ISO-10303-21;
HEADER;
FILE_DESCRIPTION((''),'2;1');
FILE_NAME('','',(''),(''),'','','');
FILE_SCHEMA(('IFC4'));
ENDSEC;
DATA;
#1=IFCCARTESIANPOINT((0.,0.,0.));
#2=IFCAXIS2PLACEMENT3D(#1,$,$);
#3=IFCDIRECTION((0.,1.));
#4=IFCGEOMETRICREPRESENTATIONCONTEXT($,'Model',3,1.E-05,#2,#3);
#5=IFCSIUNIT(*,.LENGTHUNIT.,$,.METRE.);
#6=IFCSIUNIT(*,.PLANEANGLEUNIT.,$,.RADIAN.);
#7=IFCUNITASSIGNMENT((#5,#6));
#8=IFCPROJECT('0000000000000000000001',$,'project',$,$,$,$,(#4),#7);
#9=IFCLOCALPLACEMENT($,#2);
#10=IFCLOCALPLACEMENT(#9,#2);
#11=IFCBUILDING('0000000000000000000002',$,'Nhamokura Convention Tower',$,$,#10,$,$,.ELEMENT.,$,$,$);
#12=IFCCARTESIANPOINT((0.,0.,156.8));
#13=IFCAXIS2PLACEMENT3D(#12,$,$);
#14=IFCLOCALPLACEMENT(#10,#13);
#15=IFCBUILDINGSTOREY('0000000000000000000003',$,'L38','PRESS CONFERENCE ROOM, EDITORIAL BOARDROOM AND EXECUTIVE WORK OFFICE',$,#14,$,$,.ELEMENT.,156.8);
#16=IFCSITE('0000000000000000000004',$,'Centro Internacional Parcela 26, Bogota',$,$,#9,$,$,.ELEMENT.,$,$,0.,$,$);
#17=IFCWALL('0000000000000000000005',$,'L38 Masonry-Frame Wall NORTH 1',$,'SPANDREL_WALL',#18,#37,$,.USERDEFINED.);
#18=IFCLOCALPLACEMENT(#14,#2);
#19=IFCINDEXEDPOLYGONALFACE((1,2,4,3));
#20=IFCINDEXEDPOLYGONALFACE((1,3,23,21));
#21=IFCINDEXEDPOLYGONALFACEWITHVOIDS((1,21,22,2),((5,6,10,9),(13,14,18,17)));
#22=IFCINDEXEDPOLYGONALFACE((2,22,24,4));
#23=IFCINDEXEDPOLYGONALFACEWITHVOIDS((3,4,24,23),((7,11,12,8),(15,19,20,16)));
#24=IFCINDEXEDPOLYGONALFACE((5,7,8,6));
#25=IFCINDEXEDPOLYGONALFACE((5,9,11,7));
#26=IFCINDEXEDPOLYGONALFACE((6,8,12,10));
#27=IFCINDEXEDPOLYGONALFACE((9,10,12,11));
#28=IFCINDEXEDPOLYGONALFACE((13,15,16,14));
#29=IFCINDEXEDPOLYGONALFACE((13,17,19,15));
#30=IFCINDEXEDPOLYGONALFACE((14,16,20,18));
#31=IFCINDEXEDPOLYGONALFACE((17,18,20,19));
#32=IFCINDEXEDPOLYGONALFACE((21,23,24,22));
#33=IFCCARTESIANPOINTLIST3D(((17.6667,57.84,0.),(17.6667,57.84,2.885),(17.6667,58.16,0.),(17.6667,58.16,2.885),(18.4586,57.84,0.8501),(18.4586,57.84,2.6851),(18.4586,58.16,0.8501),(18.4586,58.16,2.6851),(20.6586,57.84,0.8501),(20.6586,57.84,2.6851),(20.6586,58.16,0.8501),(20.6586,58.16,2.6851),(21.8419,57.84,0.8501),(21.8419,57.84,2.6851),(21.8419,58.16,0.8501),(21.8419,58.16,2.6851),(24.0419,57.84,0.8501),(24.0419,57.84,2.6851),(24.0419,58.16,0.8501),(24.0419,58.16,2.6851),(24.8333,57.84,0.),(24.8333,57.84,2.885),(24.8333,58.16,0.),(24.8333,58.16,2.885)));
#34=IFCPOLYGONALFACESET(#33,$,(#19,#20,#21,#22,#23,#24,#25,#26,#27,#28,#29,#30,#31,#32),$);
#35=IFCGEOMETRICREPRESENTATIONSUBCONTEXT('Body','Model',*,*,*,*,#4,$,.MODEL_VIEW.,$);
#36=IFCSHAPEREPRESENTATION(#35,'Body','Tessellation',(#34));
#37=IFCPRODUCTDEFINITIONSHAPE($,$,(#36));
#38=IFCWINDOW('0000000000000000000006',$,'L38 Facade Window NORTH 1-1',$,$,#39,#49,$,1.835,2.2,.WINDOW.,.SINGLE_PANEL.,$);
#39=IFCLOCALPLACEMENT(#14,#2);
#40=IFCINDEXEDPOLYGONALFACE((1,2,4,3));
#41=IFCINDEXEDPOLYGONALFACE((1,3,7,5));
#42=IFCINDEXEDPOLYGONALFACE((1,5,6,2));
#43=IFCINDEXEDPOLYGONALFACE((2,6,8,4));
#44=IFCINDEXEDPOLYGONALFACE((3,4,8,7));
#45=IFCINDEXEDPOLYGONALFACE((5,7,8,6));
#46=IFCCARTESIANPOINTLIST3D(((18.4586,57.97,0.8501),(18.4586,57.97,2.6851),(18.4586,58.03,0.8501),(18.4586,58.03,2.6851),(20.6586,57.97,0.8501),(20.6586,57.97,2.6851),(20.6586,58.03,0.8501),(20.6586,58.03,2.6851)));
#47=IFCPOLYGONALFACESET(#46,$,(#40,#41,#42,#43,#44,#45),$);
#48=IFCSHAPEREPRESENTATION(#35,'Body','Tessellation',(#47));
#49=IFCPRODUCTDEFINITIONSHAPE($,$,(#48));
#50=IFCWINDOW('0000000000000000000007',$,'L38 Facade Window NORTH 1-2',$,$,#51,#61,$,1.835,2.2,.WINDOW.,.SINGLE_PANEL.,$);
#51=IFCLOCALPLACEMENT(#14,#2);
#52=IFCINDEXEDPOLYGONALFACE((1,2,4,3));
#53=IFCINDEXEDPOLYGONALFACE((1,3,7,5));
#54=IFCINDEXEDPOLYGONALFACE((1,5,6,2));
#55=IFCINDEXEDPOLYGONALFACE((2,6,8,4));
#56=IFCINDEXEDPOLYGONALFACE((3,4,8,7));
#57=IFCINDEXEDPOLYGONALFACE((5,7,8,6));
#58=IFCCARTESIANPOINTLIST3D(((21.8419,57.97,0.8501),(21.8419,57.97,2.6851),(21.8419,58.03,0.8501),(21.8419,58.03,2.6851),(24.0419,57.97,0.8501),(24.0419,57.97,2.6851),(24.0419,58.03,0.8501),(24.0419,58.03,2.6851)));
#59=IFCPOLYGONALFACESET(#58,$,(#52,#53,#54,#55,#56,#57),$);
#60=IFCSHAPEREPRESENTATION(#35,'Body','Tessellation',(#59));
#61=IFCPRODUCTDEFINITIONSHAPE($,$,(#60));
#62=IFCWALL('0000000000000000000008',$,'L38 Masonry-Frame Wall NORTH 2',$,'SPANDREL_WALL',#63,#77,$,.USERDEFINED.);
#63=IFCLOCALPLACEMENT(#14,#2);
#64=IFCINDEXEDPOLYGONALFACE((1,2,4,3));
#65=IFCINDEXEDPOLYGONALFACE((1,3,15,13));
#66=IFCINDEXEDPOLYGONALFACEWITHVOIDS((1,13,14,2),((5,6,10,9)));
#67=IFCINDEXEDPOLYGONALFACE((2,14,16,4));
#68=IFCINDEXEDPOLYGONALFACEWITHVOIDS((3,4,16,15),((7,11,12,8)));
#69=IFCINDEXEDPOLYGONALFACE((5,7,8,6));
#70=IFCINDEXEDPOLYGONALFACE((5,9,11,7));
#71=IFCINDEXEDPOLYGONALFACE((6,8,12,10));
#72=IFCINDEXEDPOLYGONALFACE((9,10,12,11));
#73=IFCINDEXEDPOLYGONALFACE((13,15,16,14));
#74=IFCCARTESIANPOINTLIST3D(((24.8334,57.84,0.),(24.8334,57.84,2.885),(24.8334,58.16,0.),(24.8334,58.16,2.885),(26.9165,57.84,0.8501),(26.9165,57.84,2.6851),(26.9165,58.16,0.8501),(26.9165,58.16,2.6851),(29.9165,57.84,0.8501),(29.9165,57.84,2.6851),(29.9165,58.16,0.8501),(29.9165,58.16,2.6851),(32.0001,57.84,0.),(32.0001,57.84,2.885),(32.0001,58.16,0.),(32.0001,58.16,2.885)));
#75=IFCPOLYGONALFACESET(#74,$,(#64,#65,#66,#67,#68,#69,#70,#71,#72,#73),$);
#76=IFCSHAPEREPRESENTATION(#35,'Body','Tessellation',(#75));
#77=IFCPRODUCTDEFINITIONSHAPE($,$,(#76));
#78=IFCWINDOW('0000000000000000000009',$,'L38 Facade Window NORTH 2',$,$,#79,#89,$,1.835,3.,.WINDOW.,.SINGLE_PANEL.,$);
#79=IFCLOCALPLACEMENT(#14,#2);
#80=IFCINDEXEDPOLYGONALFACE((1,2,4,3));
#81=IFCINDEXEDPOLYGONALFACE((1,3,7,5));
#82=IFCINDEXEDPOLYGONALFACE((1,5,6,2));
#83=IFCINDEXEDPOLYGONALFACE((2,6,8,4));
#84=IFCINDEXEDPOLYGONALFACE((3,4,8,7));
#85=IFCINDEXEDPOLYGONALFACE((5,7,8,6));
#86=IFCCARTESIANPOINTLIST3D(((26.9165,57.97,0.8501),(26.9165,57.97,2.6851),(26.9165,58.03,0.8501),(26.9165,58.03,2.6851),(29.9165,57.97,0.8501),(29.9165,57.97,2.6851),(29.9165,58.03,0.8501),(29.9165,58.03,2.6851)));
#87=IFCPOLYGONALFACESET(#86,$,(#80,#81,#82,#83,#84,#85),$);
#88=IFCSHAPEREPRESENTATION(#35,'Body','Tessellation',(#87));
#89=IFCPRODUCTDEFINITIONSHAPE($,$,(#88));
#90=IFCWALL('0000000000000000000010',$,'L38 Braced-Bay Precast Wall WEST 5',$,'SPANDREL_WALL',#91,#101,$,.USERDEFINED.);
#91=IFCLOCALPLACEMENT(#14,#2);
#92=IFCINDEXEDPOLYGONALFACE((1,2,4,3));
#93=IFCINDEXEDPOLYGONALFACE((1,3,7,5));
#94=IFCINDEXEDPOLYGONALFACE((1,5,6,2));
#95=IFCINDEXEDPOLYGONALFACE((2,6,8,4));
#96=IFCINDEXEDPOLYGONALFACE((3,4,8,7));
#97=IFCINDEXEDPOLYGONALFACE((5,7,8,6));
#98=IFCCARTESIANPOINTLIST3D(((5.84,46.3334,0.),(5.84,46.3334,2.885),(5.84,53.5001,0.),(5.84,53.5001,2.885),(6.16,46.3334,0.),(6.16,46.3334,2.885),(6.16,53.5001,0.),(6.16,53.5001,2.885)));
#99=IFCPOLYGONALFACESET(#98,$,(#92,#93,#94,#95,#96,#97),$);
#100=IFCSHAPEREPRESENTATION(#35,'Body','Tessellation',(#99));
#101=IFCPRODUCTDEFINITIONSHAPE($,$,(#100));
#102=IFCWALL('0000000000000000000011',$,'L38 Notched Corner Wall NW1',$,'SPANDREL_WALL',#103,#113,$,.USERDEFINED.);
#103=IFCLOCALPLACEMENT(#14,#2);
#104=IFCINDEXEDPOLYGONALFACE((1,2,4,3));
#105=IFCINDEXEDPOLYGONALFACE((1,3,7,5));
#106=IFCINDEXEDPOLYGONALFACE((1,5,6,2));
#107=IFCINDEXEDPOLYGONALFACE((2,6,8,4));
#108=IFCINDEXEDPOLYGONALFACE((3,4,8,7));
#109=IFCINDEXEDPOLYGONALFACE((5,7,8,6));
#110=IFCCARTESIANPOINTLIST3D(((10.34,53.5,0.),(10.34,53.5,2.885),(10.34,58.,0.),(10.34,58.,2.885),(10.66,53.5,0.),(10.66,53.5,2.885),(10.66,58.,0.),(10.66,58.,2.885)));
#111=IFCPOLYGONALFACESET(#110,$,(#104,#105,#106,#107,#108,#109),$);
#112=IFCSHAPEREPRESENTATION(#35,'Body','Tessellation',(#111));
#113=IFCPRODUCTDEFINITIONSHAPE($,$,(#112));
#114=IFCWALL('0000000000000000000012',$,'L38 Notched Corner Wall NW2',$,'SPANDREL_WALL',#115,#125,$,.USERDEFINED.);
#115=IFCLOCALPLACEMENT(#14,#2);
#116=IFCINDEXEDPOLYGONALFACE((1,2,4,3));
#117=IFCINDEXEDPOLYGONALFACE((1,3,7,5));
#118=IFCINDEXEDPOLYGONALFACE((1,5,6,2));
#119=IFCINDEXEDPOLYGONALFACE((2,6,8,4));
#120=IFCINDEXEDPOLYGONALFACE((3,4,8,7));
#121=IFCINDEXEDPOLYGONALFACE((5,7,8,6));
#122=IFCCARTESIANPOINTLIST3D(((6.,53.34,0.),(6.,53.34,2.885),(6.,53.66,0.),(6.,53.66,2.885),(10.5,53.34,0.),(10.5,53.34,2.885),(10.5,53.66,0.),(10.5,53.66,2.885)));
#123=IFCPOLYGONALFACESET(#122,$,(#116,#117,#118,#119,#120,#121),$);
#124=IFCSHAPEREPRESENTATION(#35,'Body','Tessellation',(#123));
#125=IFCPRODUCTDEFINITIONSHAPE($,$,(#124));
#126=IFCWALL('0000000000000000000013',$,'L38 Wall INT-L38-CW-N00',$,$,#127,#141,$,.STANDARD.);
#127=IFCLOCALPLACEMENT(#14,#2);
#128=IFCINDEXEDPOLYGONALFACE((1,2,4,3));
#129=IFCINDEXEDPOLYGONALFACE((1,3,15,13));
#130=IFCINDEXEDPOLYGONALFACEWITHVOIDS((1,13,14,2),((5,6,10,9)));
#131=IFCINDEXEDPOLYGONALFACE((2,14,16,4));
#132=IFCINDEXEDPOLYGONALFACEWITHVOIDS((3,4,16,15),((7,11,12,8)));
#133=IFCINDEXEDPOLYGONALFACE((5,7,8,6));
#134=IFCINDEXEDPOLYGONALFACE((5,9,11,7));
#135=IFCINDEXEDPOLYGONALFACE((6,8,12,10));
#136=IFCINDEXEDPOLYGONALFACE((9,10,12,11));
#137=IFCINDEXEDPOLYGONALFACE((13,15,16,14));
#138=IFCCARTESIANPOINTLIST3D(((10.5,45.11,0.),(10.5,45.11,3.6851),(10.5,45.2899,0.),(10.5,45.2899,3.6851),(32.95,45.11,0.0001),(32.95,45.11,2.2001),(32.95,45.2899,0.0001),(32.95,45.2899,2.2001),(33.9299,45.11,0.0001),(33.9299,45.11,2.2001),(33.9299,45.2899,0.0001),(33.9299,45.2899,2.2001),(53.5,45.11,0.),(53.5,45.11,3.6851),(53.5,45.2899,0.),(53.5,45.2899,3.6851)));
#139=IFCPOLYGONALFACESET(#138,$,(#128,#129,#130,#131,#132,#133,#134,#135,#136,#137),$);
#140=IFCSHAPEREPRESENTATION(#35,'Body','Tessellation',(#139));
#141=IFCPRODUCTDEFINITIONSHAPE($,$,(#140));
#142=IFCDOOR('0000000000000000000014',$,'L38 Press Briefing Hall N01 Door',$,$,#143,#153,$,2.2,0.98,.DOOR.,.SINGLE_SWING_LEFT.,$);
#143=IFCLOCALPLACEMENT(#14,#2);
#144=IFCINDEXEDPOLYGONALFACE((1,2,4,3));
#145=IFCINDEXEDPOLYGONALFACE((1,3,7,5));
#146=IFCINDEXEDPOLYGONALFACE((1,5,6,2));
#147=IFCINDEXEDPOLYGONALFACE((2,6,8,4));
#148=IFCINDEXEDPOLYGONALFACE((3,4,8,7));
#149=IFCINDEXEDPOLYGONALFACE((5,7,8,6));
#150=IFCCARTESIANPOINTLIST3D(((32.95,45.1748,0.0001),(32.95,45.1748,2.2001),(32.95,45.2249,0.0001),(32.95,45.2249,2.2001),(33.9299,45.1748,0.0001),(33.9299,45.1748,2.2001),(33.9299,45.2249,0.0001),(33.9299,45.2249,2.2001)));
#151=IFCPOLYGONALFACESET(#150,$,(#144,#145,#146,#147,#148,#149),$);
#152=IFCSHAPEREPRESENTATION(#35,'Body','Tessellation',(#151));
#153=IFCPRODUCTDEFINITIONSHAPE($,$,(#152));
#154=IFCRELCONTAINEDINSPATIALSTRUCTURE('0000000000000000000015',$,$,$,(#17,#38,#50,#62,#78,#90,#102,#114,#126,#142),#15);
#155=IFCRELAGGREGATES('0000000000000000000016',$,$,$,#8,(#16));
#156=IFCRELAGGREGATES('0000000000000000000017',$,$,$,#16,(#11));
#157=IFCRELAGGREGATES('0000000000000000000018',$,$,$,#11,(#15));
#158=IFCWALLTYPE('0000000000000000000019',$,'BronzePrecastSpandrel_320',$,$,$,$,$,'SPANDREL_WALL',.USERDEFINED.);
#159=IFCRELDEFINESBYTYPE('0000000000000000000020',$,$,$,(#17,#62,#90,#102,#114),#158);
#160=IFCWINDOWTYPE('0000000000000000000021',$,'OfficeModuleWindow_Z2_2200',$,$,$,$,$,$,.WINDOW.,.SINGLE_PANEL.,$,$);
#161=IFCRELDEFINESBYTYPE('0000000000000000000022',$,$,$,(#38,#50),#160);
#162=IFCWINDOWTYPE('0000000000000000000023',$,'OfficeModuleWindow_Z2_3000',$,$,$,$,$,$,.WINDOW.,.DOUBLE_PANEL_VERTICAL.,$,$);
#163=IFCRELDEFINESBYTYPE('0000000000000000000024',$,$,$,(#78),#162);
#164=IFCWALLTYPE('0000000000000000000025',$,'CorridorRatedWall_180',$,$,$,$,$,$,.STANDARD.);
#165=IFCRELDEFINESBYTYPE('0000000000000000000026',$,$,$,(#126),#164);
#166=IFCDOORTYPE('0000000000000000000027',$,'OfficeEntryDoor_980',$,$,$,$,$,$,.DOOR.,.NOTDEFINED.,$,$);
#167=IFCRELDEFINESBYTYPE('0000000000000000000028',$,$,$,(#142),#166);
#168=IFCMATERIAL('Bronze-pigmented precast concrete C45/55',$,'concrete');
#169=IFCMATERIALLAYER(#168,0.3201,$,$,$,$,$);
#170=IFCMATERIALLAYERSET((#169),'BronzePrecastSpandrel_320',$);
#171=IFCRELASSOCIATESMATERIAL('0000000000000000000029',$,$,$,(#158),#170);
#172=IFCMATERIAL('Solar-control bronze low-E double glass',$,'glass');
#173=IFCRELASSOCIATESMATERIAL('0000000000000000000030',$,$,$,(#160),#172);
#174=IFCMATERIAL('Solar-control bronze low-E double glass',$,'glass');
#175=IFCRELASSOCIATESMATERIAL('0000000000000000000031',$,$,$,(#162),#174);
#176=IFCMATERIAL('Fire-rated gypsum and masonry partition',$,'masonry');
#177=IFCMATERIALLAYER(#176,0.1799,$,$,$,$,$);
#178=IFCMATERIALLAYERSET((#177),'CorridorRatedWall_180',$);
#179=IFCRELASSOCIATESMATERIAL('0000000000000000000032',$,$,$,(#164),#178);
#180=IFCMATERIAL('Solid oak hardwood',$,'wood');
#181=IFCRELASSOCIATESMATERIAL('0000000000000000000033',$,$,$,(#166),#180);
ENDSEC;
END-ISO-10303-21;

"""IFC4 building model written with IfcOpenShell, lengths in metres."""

from ifc_helpers import new_model, si_unit, direction, frame, frame_2d, origin, place, context, subcontext, project, spatial, rectangle, extrude, material, layer, layer_set, type_object, element, fill, save


model = new_model("IFC4")

# Units and contexts
model_context = context("Model", 3, precision=1e-05, world=origin(), true_north=direction((0.0, 1.0)))
body_context = subcontext(model_context, "Body", "Model", "MODEL_VIEW")
ifc_project = project(units=[si_unit("LENGTHUNIT", "METRE"), si_unit("PLANEANGLEUNIT", "RADIAN")], contexts=[model_context])

# Site, building, storey
site_placement = place(None, origin())
site = spatial("IfcSite", under=ifc_project, at=site_placement, Name="Centro Internacional Parcela 26, Bogota", CompositionType="ELEMENT", RefElevation=0.0)
building_placement = place(site_placement, origin())
building = spatial("IfcBuilding", under=site, at=building_placement, Name="Nhamokura Convention Tower", CompositionType="ELEMENT")
storey_placement = place(building_placement, frame((0.0, 0.0, 156.8)))
storey = spatial("IfcBuildingStorey", under=building, at=storey_placement, Name="L38", Description="PRESS CONFERENCE ROOM, EDITORIAL BOARDROOM AND EXECUTIVE WORK OFFICE", CompositionType="ELEMENT", Elevation=156.8)

# Shared definitions
ifc_material_1 = material(Name="Bronze-pigmented precast concrete C45/55", Category="concrete")
ifc_layer_1 = layer(ifc_material_1, 0.3201)
ifc_layer_set_1 = layer_set([ifc_layer_1], Name="BronzePrecastSpandrel_320")
wall_type_1 = type_object("IfcWallType", Name="BronzePrecastSpandrel_320", ElementType="SPANDREL_WALL", PredefinedType="USERDEFINED", material=ifc_layer_set_1)

# Wall, openings, windows
wall_1_placement = place(storey_placement, frame((17.6667, 58.0, 0.0), z_axis=(0.0, 0.0, 1.0), x_axis=(1.0, 0.0, 0.0)))
wall_1 = element("IfcWall", 1, at=wall_1_placement, inside=storey, type_object=wall_type_1, Name="L38 Masonry-Frame Wall NORTH 1", ObjectType="SPANDREL_WALL", PredefinedType="USERDEFINED", context=body_context, shape_type="SweptSolid", body=[
    extrude(rectangle(XDim=7.1665, YDim=0.3201, at=frame_2d((3.5833, 0.0))), origin(), (0.0, 0.0, 1.0), 2.885),
])
opening_1_placement = place(wall_1_placement, frame((0.7917, 0.0, 0.8501)))
opening_1 = element("IfcOpeningElement", 2, at=opening_1_placement, cuts=wall_1, PredefinedType="OPENING", context=body_context, shape_type="SweptSolid", body=[
    extrude(rectangle(XDim=2.2, YDim=1.835, at=frame_2d((1.1001, 0.9175))), frame((0.0, 0.1699, 0.0), z_axis=(0.0, -1.0, 0.0), x_axis=(1.0, 0.0, 0.0)), (0.0, 0.0, 1.0), 0.3401),
])
opening_2_placement = place(wall_1_placement, frame((4.175, 0.0, 0.8501)))
opening_2 = element("IfcOpeningElement", 3, at=opening_2_placement, cuts=wall_1, PredefinedType="OPENING", context=body_context, shape_type="SweptSolid", body=[
    extrude(rectangle(XDim=2.2, YDim=1.835, at=frame_2d((1.1001, 0.9175))), frame((0.0, 0.1699, 0.0), z_axis=(0.0, -1.0, 0.0), x_axis=(1.0, 0.0, 0.0)), (0.0, 0.0, 1.0), 0.3401),
])
ifc_material_2 = material(Name="Solar-control bronze low-E double glass", Category="glass")
window_type_1 = type_object("IfcWindowType", Name="OfficeModuleWindow_Z2_2200", PartitioningType="SINGLE_PANEL", PredefinedType="WINDOW", material=ifc_material_2)
window_1_placement = place(opening_1_placement, origin())
window_1 = element("IfcWindow", 4, at=window_1_placement, inside=storey, type_object=window_type_1, Name="L38 Facade Window NORTH 1-1", OverallHeight=1.835, OverallWidth=2.2, PartitioningType="SINGLE_PANEL", PredefinedType="WINDOW", context=body_context, shape_type="SweptSolid", body=[
    extrude(rectangle(XDim=2.2, YDim=1.835, at=frame_2d((1.1001, 0.9175))), frame((0.0, 0.03, 0.0), z_axis=(0.0, -1.0, 0.0), x_axis=(1.0, 0.0, 0.0)), (0.0, 0.0, 1.0), 0.0601),
])
fill(opening_1, window_1)
window_2_placement = place(opening_2_placement, origin())
window_2 = element("IfcWindow", 5, at=window_2_placement, inside=storey, type_object=window_type_1, Name="L38 Facade Window NORTH 1-2", OverallHeight=1.835, OverallWidth=2.2, PartitioningType="SINGLE_PANEL", PredefinedType="WINDOW", context=body_context, shape_type="SweptSolid", body=[
    extrude(rectangle(XDim=2.2, YDim=1.835, at=frame_2d((1.1001, 0.9175))), frame((0.0, 0.03, 0.0), z_axis=(0.0, -1.0, 0.0), x_axis=(1.0, 0.0, 0.0)), (0.0, 0.0, 1.0), 0.0601),
])
fill(opening_2, window_2)

# Wall, opening, window
wall_2_placement = place(storey_placement, frame((24.8333, 58.0, 0.0), z_axis=(0.0, 0.0, 1.0), x_axis=(1.0, 0.0, 0.0)))
wall_2 = element("IfcWall", 6, at=wall_2_placement, inside=storey, type_object=wall_type_1, Name="L38 Masonry-Frame Wall NORTH 2", ObjectType="SPANDREL_WALL", PredefinedType="USERDEFINED", context=body_context, shape_type="SweptSolid", body=[
    extrude(rectangle(XDim=7.1667, YDim=0.3201, at=frame_2d((3.5835, 0.0))), origin(), (0.0, 0.0, 1.0), 2.885),
])
opening_3_placement = place(wall_2_placement, frame((2.0833, 0.0, 0.8501)))
opening_3 = element("IfcOpeningElement", 7, at=opening_3_placement, cuts=wall_2, PredefinedType="OPENING", context=body_context, shape_type="SweptSolid", body=[
    extrude(rectangle(XDim=3.0, YDim=1.835, at=frame_2d((1.5, 0.9175))), frame((0.0, 0.1699, 0.0), z_axis=(0.0, -1.0, 0.0), x_axis=(1.0, 0.0, 0.0)), (0.0, 0.0, 1.0), 0.3401),
])
ifc_material_3 = material(Name="Solar-control bronze low-E double glass", Category="glass")
window_type_2 = type_object("IfcWindowType", Name="OfficeModuleWindow_Z2_3000", PartitioningType="DOUBLE_PANEL_VERTICAL", PredefinedType="WINDOW", material=ifc_material_3)
window_3_placement = place(opening_3_placement, origin())
window_3 = element("IfcWindow", 8, at=window_3_placement, inside=storey, type_object=window_type_2, Name="L38 Facade Window NORTH 2", OverallHeight=1.835, OverallWidth=3.0, PartitioningType="SINGLE_PANEL", PredefinedType="WINDOW", context=body_context, shape_type="SweptSolid", body=[
    extrude(rectangle(XDim=3.0, YDim=1.835, at=frame_2d((1.5, 0.9175))), frame((0.0, 0.03, 0.0), z_axis=(0.0, -1.0, 0.0), x_axis=(1.0, 0.0, 0.0)), (0.0, 0.0, 1.0), 0.0601),
])
fill(opening_3, window_3)

# Walls
wall_3_placement = place(storey_placement, frame((6.0, 46.3333, 0.0), z_axis=(0.0, 0.0, 1.0), x_axis=(0.0, 1.0, 0.0)))
element("IfcWall", 9, at=wall_3_placement, inside=storey, type_object=wall_type_1, Name="L38 Braced-Bay Precast Wall WEST 5", ObjectType="SPANDREL_WALL", PredefinedType="USERDEFINED", context=body_context, shape_type="SweptSolid", body=[
    extrude(rectangle(XDim=7.1667, YDim=0.3201, at=frame_2d((3.5835, 0.0))), origin(), (0.0, 0.0, 1.0), 2.885),
])
for number, where, z_axis, x_axis, name in (
    (10, (10.5, 53.5, 0.0), (0.0, 0.0, 1.0), (0.0, 1.0, 0.0), "L38 Notched Corner Wall NW1"),
    (11, (6.0, 53.5, 0.0), (0.0, 0.0, 1.0), (1.0, 0.0, 0.0), "L38 Notched Corner Wall NW2"),
):
    element("IfcWall", number, at=place(storey_placement, frame(where, z_axis=z_axis, x_axis=x_axis)), inside=storey, type_object=wall_type_1, Name=name, ObjectType="SPANDREL_WALL", PredefinedType="USERDEFINED", context=body_context, shape_type="SweptSolid", body=[
        extrude(rectangle(XDim=4.5, YDim=0.3201, at=frame_2d((2.25, 0.0))), origin(), (0.0, 0.0, 1.0), 2.885),
    ])

# Wall, opening, door
ifc_material_4 = material(Name="Fire-rated gypsum and masonry partition", Category="masonry")
ifc_layer_2 = layer(ifc_material_4, 0.1799)
ifc_layer_set_2 = layer_set([ifc_layer_2], Name="CorridorRatedWall_180")
wall_type_2 = type_object("IfcWallType", Name="CorridorRatedWall_180", PredefinedType="STANDARD", material=ifc_layer_set_2)
wall_4_placement = place(storey_placement, frame((10.5, 45.2, 0.0), z_axis=(0.0, 0.0, 1.0), x_axis=(1.0, 0.0, 0.0)))
wall_4 = element("IfcWall", 12, at=wall_4_placement, inside=storey, type_object=wall_type_2, Name="L38 Wall INT-L38-CW-N00", PredefinedType="STANDARD", context=body_context, shape_type="SweptSolid", body=[
    extrude(rectangle(XDim=43.0, YDim=0.1799, at=frame_2d((21.5, 0.0))), origin(), (0.0, 0.0, 1.0), 3.6851),
])
opening_4_placement = place(wall_4_placement, frame((22.45, 0.0, 0.0)))
opening_4 = element("IfcOpeningElement", 13, at=opening_4_placement, cuts=wall_4, PredefinedType="OPENING", context=body_context, shape_type="SweptSolid", body=[
    extrude(rectangle(XDim=0.98, YDim=2.2, at=frame_2d((0.49, 1.1001))), frame((0.0, 0.0999, 0.0), z_axis=(0.0, -1.0, 0.0), x_axis=(1.0, 0.0, 0.0)), (0.0, 0.0, 1.0), 0.2),
])
ifc_material_5 = material(Name="Solid oak hardwood", Category="wood")
door_type = type_object("IfcDoorType", Name="OfficeEntryDoor_980", OperationType="NOTDEFINED", PredefinedType="DOOR", material=ifc_material_5)
door_placement = place(opening_4_placement, origin())
door = element("IfcDoor", 14, at=door_placement, inside=storey, type_object=door_type, Name="L38 Press Briefing Hall N01 Door", OperationType="SINGLE_SWING_LEFT", OverallHeight=2.2, OverallWidth=0.98, PredefinedType="DOOR", context=body_context, shape_type="SweptSolid", body=[
    extrude(rectangle(XDim=0.98, YDim=2.2, at=frame_2d((0.49, 1.1001))), frame((0.0, 0.0249, 0.0), z_axis=(0.0, -1.0, 0.0), x_axis=(1.0, 0.0, 0.0)), (0.0, 0.0, 1.0), 0.05),
])
fill(opening_4, door)

save(model, "model.ifc")
